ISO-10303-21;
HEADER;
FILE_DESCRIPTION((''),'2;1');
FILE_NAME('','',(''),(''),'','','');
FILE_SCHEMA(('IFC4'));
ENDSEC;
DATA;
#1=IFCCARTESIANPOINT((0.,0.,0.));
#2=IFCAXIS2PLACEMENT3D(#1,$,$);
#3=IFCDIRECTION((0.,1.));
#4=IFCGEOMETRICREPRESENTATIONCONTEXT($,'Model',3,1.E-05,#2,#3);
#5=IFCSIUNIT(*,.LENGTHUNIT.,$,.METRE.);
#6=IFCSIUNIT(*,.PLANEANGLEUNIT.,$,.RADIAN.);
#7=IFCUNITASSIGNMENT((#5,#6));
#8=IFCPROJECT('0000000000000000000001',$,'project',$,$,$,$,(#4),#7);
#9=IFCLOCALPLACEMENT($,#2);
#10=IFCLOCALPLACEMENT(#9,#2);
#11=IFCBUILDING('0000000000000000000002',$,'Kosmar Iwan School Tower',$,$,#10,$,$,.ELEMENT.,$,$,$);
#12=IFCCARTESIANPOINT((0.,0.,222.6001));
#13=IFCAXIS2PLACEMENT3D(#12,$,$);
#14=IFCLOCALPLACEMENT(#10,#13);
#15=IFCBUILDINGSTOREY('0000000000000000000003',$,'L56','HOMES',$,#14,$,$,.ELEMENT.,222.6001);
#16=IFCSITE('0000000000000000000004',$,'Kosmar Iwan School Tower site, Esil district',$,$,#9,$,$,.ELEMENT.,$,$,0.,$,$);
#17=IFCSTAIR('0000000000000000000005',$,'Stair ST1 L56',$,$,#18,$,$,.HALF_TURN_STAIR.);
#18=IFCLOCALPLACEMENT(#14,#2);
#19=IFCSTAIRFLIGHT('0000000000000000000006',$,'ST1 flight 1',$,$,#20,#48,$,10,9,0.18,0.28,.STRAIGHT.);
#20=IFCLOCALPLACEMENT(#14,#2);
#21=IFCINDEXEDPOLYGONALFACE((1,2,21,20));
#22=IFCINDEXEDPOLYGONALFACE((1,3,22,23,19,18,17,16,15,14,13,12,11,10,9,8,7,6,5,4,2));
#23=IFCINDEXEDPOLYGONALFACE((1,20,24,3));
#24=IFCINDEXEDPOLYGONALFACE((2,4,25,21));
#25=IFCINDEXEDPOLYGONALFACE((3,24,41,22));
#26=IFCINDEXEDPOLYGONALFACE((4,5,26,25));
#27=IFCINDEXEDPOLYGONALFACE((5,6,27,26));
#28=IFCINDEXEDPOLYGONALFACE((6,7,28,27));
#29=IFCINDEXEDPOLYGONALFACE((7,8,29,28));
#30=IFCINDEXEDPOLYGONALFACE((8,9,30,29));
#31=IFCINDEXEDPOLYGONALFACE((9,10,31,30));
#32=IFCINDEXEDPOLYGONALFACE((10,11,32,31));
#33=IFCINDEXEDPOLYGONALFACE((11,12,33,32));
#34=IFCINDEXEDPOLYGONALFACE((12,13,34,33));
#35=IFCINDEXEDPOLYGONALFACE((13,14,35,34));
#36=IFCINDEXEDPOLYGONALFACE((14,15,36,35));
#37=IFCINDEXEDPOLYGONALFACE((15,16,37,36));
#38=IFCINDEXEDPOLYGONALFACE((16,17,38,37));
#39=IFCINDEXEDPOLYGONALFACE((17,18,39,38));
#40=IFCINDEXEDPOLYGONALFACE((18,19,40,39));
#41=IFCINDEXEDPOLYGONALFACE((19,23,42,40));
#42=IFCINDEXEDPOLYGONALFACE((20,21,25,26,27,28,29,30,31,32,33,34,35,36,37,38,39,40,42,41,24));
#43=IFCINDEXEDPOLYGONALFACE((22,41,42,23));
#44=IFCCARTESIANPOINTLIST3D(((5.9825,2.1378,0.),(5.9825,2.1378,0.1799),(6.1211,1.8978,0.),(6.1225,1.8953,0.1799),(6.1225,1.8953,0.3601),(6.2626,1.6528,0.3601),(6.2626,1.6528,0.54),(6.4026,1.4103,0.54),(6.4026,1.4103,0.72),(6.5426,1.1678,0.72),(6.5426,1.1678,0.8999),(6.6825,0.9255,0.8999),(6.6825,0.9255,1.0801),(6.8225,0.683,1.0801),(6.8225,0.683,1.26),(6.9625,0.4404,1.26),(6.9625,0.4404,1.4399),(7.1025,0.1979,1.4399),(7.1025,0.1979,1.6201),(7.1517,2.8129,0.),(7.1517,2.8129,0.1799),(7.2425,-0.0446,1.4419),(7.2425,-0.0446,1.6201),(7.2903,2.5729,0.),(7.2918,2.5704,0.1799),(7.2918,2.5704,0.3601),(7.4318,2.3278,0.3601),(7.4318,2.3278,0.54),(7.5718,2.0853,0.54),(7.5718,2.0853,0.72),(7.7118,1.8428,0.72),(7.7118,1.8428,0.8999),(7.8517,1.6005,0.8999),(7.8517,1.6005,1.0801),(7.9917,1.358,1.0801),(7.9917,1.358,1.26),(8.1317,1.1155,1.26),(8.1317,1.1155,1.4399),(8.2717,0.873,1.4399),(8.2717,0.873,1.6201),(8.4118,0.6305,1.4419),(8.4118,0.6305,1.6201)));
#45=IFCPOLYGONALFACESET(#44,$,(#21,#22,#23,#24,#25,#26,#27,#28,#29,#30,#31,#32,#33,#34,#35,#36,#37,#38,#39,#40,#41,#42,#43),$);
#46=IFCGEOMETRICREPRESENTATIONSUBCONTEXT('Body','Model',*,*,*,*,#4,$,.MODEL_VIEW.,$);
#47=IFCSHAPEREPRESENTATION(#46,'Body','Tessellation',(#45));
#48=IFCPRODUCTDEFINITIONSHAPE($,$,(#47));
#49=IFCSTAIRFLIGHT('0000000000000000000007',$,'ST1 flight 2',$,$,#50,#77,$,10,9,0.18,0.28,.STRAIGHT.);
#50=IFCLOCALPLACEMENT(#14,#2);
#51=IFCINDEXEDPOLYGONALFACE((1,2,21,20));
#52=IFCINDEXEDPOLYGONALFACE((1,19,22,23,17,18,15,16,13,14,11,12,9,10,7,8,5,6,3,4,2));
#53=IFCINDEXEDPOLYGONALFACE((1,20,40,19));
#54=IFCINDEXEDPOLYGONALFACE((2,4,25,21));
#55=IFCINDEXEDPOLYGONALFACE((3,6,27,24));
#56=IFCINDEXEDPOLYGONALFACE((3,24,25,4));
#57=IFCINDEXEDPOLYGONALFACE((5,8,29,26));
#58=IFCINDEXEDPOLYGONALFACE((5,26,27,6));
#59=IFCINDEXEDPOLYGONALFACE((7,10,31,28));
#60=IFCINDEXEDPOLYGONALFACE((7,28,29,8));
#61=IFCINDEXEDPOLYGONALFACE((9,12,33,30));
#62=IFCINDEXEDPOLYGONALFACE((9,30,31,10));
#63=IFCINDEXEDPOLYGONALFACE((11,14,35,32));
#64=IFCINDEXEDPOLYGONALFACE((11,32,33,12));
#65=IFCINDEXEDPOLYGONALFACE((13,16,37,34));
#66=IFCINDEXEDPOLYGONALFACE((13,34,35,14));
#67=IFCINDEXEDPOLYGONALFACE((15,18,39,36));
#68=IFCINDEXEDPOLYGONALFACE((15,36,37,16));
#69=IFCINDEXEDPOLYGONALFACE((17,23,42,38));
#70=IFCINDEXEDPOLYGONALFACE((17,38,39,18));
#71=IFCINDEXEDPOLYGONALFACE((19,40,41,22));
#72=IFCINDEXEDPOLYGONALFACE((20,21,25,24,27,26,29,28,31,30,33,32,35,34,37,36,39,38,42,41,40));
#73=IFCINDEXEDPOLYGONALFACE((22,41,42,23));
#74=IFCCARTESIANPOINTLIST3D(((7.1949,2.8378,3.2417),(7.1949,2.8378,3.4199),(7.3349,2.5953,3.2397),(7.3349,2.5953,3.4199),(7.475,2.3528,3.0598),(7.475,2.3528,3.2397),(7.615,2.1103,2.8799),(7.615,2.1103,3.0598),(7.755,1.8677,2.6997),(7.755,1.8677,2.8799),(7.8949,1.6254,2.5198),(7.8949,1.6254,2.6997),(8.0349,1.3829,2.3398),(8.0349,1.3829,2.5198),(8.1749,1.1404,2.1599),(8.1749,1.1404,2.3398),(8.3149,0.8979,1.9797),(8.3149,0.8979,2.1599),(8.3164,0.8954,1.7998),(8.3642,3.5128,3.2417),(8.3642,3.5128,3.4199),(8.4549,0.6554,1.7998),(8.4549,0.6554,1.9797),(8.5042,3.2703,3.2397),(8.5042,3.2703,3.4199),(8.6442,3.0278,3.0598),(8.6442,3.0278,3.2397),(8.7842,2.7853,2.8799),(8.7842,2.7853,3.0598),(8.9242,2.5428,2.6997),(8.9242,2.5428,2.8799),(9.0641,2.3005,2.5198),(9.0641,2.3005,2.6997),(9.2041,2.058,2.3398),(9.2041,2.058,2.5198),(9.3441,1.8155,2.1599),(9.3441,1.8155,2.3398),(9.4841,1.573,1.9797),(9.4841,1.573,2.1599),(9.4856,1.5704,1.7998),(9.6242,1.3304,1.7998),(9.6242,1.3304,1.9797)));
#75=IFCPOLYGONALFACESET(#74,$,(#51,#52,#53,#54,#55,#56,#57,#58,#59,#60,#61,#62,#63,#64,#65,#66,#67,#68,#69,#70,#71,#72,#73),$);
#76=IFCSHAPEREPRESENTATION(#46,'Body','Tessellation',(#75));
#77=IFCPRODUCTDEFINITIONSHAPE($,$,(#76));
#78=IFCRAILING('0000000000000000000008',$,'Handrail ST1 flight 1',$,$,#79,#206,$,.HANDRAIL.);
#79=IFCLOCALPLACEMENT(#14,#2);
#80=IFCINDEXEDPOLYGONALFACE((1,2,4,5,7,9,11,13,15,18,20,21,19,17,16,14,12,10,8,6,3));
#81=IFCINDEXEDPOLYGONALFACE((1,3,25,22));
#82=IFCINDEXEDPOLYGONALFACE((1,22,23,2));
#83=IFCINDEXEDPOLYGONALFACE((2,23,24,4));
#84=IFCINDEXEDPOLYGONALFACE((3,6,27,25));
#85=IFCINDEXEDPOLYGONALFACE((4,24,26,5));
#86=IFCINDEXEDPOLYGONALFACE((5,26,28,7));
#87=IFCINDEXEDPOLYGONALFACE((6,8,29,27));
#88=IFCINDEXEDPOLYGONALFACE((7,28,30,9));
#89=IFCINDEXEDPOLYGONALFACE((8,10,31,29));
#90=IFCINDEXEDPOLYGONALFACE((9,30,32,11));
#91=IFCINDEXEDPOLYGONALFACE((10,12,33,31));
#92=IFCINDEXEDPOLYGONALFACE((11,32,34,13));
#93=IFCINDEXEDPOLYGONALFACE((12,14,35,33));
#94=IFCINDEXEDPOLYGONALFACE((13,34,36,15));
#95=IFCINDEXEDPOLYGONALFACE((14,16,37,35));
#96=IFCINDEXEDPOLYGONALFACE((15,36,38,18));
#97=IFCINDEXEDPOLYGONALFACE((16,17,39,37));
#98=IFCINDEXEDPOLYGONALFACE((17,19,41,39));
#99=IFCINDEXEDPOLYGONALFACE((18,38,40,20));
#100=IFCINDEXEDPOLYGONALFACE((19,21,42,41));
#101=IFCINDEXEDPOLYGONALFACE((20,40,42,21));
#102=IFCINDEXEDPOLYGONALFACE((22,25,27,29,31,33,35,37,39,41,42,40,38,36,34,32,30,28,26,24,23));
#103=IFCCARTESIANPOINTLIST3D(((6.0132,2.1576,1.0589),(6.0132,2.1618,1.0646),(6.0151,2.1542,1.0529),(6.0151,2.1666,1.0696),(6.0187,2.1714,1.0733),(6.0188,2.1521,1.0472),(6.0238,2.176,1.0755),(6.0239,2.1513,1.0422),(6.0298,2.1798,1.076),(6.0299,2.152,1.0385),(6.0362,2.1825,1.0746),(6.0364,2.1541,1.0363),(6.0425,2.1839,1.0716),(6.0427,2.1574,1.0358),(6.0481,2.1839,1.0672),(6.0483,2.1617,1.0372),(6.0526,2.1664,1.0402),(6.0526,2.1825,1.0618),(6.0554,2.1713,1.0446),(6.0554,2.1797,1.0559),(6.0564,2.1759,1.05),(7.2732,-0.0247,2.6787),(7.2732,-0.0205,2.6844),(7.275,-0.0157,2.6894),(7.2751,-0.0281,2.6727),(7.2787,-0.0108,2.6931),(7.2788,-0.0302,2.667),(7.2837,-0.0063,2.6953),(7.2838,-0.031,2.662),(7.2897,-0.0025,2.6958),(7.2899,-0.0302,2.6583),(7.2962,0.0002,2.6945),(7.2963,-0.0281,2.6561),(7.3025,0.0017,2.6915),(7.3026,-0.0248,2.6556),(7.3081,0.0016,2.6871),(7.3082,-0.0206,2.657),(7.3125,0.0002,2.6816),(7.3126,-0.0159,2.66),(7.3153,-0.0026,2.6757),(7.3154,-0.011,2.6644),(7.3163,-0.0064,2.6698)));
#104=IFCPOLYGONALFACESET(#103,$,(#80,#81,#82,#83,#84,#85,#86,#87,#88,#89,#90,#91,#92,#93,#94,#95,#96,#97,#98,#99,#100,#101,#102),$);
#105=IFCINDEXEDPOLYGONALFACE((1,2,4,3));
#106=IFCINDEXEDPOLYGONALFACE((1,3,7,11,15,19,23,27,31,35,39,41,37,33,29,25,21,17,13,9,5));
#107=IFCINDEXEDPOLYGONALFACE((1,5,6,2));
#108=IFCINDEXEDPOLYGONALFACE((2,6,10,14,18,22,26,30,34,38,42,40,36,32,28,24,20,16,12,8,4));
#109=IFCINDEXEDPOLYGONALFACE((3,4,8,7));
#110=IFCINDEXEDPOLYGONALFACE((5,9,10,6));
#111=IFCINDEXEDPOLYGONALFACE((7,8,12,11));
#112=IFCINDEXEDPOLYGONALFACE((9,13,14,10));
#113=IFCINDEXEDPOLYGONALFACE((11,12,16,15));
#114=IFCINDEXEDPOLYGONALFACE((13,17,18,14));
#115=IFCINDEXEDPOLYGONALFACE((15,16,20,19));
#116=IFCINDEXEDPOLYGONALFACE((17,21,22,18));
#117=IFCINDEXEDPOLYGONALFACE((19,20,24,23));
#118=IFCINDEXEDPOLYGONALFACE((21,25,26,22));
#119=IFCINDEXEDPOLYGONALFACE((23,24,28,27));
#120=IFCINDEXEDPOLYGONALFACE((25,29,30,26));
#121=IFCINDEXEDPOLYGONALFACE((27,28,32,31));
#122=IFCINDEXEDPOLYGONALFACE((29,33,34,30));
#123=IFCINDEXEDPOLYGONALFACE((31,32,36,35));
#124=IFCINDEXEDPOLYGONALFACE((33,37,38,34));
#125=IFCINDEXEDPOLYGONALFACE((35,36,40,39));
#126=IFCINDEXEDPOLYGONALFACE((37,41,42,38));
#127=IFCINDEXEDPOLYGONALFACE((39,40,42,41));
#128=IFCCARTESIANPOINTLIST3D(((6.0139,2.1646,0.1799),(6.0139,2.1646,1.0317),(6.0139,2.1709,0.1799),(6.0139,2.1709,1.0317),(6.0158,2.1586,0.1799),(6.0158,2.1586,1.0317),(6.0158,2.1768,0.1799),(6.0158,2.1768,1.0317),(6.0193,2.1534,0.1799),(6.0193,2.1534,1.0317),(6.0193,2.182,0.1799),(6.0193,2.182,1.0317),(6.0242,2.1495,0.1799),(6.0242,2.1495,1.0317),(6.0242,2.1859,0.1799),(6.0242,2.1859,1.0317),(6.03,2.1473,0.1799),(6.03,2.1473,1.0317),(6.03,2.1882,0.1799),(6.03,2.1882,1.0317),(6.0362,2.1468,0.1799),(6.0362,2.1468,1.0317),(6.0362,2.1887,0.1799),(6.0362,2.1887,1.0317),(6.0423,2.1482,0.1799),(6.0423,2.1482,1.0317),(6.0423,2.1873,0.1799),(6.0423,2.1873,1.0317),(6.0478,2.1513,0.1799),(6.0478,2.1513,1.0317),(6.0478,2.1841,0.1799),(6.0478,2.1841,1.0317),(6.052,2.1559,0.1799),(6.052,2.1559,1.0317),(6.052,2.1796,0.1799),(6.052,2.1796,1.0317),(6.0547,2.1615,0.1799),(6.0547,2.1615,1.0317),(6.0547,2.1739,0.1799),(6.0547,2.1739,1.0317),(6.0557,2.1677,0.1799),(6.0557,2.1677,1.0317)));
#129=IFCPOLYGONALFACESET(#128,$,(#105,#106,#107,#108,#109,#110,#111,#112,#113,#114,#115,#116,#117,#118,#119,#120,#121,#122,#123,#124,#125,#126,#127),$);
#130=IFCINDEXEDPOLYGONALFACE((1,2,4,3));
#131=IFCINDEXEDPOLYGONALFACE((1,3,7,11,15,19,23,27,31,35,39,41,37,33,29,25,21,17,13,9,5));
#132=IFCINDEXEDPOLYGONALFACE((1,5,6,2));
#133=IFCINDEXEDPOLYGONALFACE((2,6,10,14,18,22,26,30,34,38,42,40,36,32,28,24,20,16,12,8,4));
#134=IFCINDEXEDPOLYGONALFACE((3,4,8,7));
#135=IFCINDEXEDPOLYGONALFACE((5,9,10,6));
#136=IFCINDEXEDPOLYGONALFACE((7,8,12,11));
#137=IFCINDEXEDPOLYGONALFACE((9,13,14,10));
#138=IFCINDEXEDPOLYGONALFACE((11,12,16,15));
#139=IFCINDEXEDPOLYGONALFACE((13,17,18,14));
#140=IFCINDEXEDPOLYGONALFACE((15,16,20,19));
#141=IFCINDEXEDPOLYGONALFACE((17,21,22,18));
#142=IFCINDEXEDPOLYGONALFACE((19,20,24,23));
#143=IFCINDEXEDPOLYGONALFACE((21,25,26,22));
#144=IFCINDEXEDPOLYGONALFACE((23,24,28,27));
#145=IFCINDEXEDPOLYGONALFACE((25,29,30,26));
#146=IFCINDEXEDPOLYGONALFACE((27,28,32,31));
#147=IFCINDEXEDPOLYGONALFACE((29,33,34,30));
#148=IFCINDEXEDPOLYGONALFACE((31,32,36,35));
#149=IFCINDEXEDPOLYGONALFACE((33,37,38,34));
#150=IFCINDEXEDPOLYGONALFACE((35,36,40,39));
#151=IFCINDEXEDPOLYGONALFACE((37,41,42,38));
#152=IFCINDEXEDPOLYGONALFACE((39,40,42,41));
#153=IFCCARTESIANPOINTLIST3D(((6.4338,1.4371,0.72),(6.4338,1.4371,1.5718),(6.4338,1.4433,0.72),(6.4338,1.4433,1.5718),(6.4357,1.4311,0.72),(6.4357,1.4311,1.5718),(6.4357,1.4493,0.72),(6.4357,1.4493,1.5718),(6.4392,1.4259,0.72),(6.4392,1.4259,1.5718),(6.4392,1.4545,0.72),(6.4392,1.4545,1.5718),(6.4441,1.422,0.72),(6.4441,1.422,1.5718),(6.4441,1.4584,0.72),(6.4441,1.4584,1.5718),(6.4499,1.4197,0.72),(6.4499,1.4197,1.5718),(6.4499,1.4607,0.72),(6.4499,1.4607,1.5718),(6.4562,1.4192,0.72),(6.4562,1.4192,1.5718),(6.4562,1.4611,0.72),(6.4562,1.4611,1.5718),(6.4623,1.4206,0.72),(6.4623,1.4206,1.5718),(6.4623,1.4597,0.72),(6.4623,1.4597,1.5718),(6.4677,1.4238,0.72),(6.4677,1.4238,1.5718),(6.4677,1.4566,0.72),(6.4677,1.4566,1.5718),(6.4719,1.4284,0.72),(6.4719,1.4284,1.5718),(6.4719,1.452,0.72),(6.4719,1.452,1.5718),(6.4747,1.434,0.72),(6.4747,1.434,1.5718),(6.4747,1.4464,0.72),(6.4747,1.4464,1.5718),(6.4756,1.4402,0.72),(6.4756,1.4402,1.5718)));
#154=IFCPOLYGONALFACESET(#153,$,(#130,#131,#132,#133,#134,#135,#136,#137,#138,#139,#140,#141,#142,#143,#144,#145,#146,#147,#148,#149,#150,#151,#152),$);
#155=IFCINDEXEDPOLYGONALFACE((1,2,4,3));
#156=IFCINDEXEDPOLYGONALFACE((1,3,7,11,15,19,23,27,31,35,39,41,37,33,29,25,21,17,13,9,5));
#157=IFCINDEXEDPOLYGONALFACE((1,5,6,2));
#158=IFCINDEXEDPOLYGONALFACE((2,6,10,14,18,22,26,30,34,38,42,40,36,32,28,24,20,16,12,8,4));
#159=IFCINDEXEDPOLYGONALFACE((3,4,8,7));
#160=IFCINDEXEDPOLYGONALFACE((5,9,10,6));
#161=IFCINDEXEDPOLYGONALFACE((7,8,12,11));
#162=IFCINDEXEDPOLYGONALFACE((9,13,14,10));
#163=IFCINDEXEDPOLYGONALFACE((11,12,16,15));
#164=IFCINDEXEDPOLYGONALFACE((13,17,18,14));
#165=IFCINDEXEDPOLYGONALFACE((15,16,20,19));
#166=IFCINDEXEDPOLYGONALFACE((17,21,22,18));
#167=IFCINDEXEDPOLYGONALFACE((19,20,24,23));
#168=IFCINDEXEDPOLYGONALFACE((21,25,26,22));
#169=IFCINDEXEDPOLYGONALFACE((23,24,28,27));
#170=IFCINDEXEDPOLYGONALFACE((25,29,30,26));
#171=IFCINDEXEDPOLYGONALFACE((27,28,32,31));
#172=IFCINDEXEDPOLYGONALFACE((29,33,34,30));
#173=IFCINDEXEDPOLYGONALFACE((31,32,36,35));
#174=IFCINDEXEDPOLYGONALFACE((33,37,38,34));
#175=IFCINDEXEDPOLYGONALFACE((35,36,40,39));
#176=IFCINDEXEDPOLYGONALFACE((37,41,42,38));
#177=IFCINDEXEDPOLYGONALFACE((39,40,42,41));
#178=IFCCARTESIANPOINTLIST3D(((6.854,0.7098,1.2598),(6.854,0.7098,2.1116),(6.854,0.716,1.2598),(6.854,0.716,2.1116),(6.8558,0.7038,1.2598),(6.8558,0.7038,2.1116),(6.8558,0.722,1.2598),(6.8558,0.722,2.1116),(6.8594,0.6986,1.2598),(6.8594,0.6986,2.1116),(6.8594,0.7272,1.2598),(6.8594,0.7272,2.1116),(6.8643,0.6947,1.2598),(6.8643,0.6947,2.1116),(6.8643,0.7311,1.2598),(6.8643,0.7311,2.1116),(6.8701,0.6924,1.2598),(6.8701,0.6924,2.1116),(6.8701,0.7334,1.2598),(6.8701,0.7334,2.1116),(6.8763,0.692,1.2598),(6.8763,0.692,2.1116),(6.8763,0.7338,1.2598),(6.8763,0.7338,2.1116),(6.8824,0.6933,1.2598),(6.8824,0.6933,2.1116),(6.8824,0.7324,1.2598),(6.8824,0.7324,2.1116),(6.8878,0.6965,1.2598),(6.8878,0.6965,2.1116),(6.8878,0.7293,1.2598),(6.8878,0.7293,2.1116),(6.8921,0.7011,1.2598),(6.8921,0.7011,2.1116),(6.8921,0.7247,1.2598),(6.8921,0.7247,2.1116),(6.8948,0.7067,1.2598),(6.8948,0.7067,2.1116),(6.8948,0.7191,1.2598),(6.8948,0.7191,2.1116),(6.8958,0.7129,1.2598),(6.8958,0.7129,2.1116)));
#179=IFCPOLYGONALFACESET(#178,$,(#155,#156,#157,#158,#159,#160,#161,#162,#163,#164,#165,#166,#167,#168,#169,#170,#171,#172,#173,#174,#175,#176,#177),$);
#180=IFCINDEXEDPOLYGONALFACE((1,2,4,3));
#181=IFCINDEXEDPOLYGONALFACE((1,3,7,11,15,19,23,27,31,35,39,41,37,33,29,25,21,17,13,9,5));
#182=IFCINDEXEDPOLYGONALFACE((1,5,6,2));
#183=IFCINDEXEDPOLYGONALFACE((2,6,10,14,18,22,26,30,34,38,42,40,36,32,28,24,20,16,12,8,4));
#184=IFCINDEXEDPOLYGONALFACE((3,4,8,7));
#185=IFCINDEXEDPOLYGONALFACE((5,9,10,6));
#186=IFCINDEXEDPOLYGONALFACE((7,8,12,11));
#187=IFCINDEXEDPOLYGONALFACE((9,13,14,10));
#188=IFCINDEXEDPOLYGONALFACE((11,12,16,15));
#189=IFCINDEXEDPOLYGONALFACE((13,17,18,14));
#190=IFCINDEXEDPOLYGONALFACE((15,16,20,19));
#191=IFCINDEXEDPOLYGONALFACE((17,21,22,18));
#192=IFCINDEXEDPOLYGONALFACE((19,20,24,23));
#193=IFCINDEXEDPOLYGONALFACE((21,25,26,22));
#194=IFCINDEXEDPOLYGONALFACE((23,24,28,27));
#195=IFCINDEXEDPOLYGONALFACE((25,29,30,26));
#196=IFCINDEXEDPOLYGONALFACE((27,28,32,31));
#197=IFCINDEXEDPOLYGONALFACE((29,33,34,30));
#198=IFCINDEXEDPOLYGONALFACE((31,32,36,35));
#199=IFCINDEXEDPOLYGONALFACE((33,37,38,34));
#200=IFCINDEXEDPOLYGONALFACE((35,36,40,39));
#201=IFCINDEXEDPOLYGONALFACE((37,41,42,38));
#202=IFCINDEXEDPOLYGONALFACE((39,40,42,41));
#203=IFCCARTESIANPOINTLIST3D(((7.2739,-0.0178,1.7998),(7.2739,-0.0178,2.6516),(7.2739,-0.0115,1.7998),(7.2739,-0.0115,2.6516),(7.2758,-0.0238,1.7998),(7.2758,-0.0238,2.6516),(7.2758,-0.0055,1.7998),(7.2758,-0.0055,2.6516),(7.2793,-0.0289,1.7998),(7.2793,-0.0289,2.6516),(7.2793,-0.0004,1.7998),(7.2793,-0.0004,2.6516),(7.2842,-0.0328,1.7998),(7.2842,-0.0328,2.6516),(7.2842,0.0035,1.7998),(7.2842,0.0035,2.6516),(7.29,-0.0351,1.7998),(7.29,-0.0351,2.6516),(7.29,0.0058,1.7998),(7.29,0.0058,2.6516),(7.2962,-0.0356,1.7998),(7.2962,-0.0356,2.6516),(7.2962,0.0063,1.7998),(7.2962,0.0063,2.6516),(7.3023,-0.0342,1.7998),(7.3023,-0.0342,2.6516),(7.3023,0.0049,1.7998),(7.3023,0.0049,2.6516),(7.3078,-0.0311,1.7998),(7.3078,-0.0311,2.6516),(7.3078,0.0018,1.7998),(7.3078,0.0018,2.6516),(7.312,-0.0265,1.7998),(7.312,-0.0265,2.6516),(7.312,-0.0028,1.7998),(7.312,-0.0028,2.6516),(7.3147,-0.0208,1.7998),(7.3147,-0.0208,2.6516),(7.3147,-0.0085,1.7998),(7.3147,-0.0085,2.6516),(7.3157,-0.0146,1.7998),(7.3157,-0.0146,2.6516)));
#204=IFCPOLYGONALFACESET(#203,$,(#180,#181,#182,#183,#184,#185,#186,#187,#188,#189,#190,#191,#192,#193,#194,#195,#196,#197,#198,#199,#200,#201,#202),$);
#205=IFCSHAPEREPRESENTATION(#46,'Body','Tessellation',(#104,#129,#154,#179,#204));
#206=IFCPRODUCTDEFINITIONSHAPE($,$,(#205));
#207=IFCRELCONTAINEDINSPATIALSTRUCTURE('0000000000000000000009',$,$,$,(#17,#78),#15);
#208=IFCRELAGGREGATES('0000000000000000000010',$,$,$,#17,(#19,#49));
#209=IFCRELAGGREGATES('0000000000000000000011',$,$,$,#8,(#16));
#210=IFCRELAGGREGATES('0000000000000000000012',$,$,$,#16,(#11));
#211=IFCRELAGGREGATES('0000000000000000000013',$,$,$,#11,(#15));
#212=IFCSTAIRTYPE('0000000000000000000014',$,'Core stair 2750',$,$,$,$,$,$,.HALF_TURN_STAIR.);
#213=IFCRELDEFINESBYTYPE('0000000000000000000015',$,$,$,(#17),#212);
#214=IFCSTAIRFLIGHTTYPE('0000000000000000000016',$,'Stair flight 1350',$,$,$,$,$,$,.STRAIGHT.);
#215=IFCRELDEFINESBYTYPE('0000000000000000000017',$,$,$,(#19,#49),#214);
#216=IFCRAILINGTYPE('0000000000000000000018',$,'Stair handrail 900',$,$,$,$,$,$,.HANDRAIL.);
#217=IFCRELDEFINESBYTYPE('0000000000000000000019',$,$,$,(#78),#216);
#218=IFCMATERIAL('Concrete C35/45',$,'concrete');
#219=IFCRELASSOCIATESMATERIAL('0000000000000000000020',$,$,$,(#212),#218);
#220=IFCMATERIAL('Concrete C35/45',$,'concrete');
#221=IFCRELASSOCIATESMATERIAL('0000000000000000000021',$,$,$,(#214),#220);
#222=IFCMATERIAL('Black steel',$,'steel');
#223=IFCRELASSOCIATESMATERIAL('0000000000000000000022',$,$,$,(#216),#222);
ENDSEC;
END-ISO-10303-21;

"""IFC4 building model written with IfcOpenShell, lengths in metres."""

from ifc_helpers import new_model, si_unit, direction, frame, origin, origin_2d, place, context, subcontext, project, spatial, polyline, circle, outline, extrude, material, type_object, element, aggregate, save


model = new_model("IFC4")

# Units and contexts
model_context = context("Model", 3, precision=1e-05, world=origin(), true_north=direction((0.0, 1.0)))
body_context = subcontext(model_context, "Body", "Model", "MODEL_VIEW")
ifc_project = project(units=[si_unit("LENGTHUNIT", "METRE"), si_unit("PLANEANGLEUNIT", "RADIAN")], contexts=[model_context])

# Site, building, storey
site_placement = place(None, origin())
site = spatial("IfcSite", under=ifc_project, at=site_placement, Name="Kosmar Iwan School Tower site, Esil district", CompositionType="ELEMENT", RefElevation=0.0)
building_placement = place(site_placement, origin())
building = spatial("IfcBuilding", under=site, at=building_placement, Name="Kosmar Iwan School Tower", CompositionType="ELEMENT")
storey_placement = place(building_placement, frame((0.0, 0.0, 222.6001)))
storey = spatial("IfcBuildingStorey", under=building, at=storey_placement, Name="L56", Description="HOMES", CompositionType="ELEMENT", Elevation=222.6001)

# Stair, stair flights
ifc_material_1 = material(Name="Concrete C35/45", Category="concrete")
stair_type = type_object("IfcStairType", Name="Core stair 2750", PredefinedType="HALF_TURN_STAIR", material=ifc_material_1)
stair_placement = place(storey_placement, origin())
stair = element("IfcStair", 1, at=stair_placement, inside=storey, type_object=stair_type, Name="Stair ST1 L56", PredefinedType="HALF_TURN_STAIR")
ifc_material_2 = material(Name="Concrete C35/45", Category="concrete")
stair_flight_type = type_object("IfcStairFlightType", Name="Stair flight 1350", PredefinedType="STRAIGHT", material=ifc_material_2)
stair_flight_1_placement = place(storey_placement, frame((6.5671, 2.4753, 0.0), z_axis=(0.0, 0.0, 1.0), x_axis=(0.5, -0.866025, 0.0)))
stair_flight_1 = element("IfcStairFlight", 2, at=stair_flight_1_placement, type_object=stair_flight_type, Name="ST1 flight 1", NumberOfRisers=10, NumberOfTreads=9, PredefinedType="STRAIGHT", RiserHeight=0.18, TreadLength=0.28, context=body_context, shape_type="SweptSolid", body=[
    extrude(outline(polyline([(0.0, 0.0), (0.0, 0.1799), (0.28, 0.1799), (0.28, 0.3601), (0.5601, 0.3601), (0.5601, 0.54), (0.8401, 0.54), (0.8401, 0.72), (1.1201, 0.72), (1.1201, 0.8999), (1.3999, 0.8999), (1.3999, 1.0801), (1.6799, 1.0801), (1.6799, 1.26), (1.96, 1.26), (1.96, 1.4399), (2.24, 1.4399), (2.24, 1.6201), (2.52, 1.6201), (2.52, 1.8), (2.52, 1.4419), (0.2771, 0.0), (0.0, 0.0)])), frame((0.0, 0.675, 0.0), z_axis=(0.0, -1.0, 0.0), x_axis=(1.0, 0.0, 0.0)), (0.0, 0.0, 1.0), 1.3501),
])
stair_flight_2_placement = place(storey_placement, frame((9.0396, 0.9929, 1.7998), z_axis=(0.0, 0.0, 1.0), x_axis=(-0.5, 0.866025, 0.0)))
stair_flight_2 = element("IfcStairFlight", 3, at=stair_flight_2_placement, type_object=stair_flight_type, Name="ST1 flight 2", NumberOfRisers=10, NumberOfTreads=9, PredefinedType="STRAIGHT", RiserHeight=0.18, TreadLength=0.28, context=body_context, shape_type="SweptSolid", body=[
    extrude(outline(polyline([(0.0, 0.0), (0.0, 0.1799), (0.28, 0.1799), (0.28, 0.3601), (0.5601, 0.3601), (0.5601, 0.54), (0.8401, 0.54), (0.8401, 0.72), (1.1201, 0.72), (1.1201, 0.8999), (1.3999, 0.8999), (1.3999, 1.0801), (1.6799, 1.0801), (1.6799, 1.26), (1.96, 1.26), (1.96, 1.4399), (2.24, 1.4399), (2.24, 1.6201), (2.52, 1.6201), (2.52, 1.8), (2.52, 1.4419), (0.2771, 0.0), (0.0, 0.0)])), frame((0.0, 0.675, 0.0), z_axis=(0.0, -1.0, 0.0), x_axis=(1.0, 0.0, 0.0)), (0.0, 0.0, 1.0), 1.3501),
])
aggregate(stair, [stair_flight_1, stair_flight_2])

# Railing
ifc_material_3 = material(Name="Black steel", Category="steel")
railing_type = type_object("IfcRailingType", Name="Stair handrail 900", PredefinedType="HANDRAIL", material=ifc_material_3)
railing_1_placement = place(storey_placement, frame((6.0347, 2.1677, 0.1799)))
element("IfcRailing", 4, at=railing_1_placement, inside=storey, type_object=railing_type, Name="Handrail ST1 flight 1", PredefinedType="HANDRAIL", context=body_context, shape_type="SweptSolid", body=[
    extrude(circle(Radius=0.0239, at=origin_2d()), frame((0.0, 0.0, 0.876), z_axis=(0.420603, -0.728496, 0.540728), x_axis=(0.866023, 0.500005, 0.0)), (0.0, 0.0, 1.0), 2.9956),
    extrude(circle(Radius=0.021, at=origin_2d()), origin(), (0.0, 0.0, 1.0), 0.8518),
    extrude(circle(Radius=0.021, at=origin_2d()), frame((0.4199, -0.7275, 0.54)), (0.0, 0.0, 1.0), 0.8518),
    extrude(circle(Radius=0.021, at=origin_2d()), frame((0.8401, -1.4548, 1.0798)), (0.0, 0.0, 1.0), 0.8518),
    extrude(circle(Radius=0.021, at=origin_2d()), frame((1.26, -2.1824, 1.6199)), (0.0, 0.0, 1.0), 0.8518),
])

save(model, "model.ifc")
